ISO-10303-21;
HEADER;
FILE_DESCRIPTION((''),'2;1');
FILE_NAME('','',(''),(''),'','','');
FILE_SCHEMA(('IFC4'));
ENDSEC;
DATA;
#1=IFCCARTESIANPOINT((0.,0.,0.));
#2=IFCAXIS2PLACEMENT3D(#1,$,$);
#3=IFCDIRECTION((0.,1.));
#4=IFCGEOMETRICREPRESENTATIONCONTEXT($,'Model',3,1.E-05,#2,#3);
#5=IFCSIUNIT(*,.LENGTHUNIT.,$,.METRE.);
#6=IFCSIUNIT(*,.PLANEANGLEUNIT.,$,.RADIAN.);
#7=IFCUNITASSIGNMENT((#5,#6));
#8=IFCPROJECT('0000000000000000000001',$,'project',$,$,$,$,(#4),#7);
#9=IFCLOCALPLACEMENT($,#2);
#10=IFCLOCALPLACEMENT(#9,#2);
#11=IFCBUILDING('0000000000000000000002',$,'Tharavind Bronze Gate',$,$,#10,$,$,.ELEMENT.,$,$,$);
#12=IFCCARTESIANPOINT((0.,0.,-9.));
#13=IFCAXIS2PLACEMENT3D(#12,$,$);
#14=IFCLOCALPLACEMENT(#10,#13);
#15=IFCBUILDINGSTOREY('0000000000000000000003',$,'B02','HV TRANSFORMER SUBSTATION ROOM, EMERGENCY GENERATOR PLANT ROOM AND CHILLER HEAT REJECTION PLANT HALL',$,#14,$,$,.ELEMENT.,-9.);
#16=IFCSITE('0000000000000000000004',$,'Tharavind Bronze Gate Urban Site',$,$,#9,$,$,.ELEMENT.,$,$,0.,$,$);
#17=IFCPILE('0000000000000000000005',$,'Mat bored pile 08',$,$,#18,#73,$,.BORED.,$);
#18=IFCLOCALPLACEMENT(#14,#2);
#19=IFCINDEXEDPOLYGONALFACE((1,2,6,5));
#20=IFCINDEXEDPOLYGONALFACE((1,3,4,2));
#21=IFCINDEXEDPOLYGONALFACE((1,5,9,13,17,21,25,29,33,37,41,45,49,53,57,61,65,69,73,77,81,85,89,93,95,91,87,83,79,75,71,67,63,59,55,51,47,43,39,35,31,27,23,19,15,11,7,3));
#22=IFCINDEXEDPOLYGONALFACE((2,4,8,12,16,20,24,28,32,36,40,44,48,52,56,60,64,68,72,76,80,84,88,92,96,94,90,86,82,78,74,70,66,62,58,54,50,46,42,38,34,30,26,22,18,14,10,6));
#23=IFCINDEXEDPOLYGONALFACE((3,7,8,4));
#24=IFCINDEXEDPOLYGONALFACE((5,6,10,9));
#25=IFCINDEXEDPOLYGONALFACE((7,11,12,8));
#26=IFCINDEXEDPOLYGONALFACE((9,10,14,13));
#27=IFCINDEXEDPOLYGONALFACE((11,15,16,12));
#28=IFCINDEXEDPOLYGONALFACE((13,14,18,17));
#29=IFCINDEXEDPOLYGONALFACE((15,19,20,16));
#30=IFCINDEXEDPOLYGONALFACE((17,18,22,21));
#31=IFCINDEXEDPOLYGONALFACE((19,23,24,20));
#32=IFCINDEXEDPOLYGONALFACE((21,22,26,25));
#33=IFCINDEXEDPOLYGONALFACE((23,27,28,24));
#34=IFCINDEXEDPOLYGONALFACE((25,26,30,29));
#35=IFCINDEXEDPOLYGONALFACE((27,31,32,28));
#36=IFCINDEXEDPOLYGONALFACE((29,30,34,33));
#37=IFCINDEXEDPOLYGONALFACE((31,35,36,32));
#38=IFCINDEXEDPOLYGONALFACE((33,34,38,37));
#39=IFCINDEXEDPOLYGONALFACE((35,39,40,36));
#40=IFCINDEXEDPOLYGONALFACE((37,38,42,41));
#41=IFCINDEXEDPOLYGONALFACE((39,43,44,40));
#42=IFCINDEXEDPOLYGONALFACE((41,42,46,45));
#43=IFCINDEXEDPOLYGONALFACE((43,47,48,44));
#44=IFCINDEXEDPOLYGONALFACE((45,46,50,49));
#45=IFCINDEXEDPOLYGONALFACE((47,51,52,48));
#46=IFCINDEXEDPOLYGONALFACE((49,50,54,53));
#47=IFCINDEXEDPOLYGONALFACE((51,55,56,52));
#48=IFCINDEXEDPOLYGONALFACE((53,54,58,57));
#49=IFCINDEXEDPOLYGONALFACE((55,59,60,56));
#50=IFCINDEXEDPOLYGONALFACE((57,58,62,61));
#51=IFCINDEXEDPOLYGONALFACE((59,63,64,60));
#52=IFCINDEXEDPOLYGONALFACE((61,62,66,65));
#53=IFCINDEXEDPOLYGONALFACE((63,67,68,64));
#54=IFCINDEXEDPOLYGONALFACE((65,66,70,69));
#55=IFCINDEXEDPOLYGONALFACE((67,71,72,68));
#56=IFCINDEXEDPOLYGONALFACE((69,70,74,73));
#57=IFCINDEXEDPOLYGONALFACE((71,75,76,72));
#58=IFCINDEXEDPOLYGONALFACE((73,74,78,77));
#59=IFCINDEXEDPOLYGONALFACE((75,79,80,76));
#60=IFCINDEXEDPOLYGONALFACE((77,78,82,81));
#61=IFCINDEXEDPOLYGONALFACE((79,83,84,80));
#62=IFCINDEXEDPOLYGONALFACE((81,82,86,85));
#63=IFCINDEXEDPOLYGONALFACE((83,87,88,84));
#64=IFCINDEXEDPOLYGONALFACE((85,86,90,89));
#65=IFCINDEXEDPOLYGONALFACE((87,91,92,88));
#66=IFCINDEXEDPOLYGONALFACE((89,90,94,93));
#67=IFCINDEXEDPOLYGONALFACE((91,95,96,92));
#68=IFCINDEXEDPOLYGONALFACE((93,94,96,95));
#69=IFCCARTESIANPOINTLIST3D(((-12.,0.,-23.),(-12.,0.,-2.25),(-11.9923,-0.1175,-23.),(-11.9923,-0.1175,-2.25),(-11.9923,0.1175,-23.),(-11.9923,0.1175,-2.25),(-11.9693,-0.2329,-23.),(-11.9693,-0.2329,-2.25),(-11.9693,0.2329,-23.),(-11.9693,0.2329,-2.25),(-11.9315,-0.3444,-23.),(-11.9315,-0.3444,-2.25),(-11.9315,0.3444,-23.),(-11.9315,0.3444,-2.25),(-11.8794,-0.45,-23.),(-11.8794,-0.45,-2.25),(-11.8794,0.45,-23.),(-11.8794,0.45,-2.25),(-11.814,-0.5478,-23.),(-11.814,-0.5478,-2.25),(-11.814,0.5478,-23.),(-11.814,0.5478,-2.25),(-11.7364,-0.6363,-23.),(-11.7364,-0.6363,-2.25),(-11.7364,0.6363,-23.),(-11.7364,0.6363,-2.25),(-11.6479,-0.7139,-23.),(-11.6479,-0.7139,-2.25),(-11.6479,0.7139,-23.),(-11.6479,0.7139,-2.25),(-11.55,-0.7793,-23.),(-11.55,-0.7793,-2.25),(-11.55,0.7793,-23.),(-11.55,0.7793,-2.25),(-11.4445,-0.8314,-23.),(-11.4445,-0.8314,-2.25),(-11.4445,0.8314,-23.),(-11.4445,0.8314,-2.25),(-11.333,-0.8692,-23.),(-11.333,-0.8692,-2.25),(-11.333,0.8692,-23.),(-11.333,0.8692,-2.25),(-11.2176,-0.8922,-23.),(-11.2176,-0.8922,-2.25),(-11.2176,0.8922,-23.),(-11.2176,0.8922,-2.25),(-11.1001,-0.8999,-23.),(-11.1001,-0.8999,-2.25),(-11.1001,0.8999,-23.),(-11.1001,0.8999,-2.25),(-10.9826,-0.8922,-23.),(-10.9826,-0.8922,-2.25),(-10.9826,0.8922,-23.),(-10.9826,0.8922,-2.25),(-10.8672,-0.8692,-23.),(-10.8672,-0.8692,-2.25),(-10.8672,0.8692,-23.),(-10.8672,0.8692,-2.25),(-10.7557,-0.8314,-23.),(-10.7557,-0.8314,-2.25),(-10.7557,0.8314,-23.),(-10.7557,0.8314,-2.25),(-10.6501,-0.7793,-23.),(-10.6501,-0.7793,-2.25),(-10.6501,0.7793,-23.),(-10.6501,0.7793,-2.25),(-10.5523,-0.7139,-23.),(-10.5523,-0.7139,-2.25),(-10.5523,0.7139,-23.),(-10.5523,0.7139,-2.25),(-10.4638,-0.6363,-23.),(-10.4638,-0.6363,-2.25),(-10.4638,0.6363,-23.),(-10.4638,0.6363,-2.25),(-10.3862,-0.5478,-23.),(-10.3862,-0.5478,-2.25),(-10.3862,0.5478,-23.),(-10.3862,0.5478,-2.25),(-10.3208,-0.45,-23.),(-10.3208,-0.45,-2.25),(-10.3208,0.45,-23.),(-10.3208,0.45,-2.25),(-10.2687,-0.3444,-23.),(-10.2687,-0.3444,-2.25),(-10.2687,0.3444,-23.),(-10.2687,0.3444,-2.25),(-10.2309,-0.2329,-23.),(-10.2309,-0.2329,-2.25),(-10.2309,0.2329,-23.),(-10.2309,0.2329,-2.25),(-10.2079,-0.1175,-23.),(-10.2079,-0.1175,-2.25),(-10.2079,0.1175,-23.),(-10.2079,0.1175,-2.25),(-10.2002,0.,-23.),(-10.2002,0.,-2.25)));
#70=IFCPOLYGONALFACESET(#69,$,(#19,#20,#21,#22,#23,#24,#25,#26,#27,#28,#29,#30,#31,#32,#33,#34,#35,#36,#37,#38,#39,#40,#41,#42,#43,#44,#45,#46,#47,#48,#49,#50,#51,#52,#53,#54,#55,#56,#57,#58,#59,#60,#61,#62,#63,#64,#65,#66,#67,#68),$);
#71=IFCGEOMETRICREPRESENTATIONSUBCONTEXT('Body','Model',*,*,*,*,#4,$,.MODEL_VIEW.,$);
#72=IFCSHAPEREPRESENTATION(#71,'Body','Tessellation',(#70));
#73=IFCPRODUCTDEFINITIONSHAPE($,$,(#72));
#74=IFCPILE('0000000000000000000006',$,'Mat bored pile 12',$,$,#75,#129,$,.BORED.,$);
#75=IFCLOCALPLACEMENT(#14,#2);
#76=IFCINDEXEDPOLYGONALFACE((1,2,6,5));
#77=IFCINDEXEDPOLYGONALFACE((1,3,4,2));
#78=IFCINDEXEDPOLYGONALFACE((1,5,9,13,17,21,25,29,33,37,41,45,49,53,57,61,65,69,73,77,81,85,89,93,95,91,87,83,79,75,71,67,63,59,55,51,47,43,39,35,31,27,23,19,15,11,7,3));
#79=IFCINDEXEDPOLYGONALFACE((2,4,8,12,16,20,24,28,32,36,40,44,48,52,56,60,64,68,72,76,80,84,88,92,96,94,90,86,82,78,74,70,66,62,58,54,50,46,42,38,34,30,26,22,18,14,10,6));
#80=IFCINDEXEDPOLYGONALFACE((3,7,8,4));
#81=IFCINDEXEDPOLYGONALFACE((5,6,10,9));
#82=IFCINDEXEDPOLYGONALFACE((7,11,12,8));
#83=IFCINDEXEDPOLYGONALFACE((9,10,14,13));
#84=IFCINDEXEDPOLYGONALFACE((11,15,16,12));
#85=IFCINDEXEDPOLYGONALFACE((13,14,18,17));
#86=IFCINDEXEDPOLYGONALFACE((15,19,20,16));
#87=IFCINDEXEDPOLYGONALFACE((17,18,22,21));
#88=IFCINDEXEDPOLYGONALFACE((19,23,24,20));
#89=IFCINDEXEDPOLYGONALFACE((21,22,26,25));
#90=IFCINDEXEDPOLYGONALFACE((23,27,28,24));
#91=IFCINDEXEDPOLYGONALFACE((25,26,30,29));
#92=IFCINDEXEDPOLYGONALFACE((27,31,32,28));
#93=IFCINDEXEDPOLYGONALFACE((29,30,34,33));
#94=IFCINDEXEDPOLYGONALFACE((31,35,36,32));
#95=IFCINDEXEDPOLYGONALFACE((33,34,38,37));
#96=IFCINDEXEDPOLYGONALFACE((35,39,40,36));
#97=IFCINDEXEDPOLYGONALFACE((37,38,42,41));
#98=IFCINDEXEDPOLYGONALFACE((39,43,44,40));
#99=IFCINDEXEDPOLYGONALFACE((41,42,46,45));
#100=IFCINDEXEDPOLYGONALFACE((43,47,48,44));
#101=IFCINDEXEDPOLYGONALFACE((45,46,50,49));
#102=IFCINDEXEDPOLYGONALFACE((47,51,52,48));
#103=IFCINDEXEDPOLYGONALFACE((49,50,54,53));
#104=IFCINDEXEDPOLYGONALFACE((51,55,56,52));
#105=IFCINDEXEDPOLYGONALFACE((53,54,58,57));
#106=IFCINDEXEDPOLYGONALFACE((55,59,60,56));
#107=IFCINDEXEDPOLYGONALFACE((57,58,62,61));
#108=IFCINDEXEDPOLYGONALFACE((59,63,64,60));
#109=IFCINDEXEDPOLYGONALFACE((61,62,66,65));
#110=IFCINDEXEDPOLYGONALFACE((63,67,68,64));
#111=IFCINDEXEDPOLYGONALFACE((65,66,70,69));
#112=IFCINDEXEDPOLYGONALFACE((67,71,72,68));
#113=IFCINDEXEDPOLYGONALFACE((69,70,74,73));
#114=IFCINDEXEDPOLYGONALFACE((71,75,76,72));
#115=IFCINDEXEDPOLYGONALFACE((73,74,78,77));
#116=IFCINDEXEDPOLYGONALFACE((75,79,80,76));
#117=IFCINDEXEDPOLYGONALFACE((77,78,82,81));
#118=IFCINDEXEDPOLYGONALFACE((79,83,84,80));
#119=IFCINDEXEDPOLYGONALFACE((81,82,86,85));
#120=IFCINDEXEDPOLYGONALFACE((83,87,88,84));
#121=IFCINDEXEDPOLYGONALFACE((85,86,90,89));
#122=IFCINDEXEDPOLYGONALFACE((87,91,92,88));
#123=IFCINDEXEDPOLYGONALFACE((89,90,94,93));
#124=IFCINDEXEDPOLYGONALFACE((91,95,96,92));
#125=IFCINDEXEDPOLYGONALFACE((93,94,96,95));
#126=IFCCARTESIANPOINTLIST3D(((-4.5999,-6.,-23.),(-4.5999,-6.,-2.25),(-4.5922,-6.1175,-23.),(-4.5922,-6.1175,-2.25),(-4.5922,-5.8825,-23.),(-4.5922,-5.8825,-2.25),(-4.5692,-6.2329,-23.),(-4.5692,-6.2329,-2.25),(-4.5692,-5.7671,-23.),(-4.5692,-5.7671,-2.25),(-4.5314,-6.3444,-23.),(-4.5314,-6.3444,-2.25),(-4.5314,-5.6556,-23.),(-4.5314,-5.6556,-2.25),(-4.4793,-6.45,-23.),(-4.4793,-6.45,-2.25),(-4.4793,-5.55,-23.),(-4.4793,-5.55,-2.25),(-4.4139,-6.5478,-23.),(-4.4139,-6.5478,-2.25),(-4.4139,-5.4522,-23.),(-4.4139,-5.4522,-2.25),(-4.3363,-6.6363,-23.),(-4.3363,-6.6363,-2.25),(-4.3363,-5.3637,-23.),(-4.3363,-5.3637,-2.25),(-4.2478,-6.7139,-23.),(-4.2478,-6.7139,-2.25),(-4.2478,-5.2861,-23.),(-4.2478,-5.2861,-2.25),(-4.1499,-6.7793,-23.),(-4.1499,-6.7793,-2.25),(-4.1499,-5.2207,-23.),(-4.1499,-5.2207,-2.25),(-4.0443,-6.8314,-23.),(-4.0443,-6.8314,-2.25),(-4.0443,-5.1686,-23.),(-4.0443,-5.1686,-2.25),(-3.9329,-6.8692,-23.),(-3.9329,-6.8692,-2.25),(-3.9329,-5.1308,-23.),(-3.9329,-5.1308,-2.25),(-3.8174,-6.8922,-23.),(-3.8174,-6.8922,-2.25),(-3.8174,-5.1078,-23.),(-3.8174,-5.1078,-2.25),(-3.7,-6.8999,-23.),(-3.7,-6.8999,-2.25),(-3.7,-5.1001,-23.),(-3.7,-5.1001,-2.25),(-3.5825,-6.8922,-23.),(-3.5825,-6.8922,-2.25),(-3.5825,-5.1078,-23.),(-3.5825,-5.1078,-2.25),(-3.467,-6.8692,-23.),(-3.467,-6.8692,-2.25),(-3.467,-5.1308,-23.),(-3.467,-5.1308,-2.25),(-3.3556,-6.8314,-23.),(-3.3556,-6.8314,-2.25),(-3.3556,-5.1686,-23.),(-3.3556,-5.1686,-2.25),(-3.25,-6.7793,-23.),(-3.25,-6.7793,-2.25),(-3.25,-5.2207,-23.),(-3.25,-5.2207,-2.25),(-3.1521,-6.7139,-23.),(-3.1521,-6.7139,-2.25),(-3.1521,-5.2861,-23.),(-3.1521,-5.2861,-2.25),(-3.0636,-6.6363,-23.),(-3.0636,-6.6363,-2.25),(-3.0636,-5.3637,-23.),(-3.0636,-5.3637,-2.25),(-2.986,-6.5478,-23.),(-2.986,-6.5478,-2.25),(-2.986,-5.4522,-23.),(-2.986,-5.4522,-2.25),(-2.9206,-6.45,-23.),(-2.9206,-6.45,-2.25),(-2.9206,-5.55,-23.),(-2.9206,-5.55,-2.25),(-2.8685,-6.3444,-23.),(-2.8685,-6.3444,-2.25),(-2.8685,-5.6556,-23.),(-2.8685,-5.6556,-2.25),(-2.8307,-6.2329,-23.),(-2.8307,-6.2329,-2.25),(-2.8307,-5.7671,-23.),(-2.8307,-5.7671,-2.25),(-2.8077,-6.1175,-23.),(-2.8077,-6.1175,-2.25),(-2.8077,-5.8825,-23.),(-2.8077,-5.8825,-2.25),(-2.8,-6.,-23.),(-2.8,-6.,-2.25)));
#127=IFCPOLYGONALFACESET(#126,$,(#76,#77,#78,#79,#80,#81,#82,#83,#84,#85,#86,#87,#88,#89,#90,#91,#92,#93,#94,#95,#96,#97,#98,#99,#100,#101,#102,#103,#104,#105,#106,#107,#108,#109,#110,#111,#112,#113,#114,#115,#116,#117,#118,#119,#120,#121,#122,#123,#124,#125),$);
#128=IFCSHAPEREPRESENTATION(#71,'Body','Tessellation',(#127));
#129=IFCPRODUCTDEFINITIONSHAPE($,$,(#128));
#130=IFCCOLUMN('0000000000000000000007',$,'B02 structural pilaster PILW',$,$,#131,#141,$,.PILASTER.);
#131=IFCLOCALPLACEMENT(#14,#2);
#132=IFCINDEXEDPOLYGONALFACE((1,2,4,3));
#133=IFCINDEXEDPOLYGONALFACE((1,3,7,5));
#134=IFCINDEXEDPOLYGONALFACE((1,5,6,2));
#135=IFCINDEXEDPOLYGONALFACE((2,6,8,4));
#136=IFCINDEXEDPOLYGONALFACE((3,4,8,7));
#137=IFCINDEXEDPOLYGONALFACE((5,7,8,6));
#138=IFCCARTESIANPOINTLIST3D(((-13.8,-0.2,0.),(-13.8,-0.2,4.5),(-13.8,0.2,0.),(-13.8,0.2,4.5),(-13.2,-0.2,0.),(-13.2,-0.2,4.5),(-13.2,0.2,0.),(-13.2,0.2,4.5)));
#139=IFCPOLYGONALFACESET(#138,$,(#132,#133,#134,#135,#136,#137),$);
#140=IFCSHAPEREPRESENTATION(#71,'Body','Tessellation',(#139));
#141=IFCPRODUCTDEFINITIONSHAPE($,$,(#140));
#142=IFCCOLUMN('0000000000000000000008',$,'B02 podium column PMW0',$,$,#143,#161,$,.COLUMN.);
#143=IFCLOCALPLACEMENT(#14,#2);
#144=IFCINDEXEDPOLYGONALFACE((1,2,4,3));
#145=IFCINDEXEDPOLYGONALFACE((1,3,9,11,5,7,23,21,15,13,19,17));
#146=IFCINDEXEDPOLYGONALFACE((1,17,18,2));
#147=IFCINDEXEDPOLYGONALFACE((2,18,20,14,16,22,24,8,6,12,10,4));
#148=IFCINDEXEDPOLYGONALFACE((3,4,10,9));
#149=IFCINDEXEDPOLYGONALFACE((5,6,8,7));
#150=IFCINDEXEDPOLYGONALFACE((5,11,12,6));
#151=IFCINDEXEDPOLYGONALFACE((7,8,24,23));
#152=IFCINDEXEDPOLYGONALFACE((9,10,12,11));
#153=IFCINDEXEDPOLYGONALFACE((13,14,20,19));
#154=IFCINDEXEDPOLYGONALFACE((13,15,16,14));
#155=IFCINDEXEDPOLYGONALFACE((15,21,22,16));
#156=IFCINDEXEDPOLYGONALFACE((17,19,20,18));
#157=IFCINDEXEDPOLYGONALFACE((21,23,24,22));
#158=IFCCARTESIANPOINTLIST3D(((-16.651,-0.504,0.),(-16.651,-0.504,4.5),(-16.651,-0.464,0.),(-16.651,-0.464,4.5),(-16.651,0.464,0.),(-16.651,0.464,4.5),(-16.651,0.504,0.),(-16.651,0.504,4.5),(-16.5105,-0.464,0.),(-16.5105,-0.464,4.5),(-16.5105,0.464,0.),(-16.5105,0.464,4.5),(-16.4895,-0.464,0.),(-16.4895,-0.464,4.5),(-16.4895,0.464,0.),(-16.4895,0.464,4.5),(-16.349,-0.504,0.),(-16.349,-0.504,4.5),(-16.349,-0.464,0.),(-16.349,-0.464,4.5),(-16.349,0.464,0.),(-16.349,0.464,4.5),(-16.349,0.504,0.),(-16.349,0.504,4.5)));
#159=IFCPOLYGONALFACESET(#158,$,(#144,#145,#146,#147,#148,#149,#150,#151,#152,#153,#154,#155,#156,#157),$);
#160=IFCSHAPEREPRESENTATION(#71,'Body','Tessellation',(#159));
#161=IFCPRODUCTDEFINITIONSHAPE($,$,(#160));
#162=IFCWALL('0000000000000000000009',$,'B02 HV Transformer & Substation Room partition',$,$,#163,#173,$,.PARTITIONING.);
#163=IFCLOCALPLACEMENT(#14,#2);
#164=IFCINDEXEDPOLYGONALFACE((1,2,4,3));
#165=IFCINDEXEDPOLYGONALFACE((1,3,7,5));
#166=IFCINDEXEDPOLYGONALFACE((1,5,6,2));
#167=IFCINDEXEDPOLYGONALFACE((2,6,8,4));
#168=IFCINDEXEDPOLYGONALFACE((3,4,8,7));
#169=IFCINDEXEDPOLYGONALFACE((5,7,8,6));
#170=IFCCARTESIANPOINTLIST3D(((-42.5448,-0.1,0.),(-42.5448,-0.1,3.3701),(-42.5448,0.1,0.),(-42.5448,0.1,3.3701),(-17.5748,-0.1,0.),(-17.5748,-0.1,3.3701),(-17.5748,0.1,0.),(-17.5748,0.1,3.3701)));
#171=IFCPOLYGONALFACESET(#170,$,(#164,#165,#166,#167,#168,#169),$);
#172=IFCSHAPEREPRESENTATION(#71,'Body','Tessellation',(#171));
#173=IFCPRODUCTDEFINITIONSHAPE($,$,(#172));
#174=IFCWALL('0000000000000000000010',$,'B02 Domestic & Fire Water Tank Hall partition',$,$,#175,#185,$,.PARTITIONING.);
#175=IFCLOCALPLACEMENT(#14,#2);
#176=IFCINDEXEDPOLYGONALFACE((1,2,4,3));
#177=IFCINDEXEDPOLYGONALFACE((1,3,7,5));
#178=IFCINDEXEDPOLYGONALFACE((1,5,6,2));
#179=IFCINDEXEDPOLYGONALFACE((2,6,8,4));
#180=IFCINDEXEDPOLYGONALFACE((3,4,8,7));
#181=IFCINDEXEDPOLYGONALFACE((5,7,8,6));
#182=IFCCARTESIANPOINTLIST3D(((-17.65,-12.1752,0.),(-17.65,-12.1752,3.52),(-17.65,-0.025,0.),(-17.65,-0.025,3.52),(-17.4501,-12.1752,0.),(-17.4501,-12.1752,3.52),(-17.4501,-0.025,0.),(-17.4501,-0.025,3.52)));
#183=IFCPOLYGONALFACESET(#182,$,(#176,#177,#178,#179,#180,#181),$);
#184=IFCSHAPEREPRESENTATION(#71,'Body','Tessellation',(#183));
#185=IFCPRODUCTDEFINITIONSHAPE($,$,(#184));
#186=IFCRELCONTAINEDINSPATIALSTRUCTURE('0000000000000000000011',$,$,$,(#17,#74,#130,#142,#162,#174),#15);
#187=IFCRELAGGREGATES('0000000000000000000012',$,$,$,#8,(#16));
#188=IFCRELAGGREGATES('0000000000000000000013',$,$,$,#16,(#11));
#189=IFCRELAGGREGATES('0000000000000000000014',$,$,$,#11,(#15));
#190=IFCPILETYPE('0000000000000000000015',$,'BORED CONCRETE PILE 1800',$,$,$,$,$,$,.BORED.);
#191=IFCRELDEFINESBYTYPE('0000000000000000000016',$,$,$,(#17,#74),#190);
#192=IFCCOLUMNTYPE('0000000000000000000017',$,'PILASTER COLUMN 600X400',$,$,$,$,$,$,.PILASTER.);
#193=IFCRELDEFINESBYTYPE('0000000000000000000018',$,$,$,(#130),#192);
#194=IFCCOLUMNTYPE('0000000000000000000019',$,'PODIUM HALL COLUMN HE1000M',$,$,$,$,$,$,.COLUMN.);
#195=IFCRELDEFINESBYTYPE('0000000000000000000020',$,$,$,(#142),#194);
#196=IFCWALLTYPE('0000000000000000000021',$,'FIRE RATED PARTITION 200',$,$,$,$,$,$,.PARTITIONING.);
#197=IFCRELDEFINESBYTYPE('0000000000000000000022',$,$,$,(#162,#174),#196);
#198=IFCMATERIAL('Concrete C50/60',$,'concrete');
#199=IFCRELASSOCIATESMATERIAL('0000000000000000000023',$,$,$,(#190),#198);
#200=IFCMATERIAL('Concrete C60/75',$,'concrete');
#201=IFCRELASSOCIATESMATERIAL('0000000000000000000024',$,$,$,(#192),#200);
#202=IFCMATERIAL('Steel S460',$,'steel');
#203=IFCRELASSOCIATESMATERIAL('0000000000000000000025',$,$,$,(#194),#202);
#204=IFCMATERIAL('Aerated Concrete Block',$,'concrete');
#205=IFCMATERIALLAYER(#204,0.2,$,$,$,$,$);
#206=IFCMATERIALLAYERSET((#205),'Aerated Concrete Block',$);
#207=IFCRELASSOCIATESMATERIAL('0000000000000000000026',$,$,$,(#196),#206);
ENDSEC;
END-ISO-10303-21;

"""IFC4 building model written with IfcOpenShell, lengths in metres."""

from ifc_helpers import new_model, si_unit, direction, frame, frame_2d, origin, origin_2d, place, context, subcontext, project, spatial, rectangle, circle, i_section, extrude, material, layer, layer_set, material_profile, profile_set, type_object, element, save


model = new_model("IFC4")

# Units and contexts
model_context = context("Model", 3, precision=1e-05, world=origin(), true_north=direction((0.0, 1.0)))
body_context = subcontext(model_context, "Body", "Model", "MODEL_VIEW")
ifc_project = project(units=[si_unit("LENGTHUNIT", "METRE"), si_unit("PLANEANGLEUNIT", "RADIAN")], contexts=[model_context])

# Site, building, storey
site_placement = place(None, origin())
site = spatial("IfcSite", under=ifc_project, at=site_placement, Name="Tharavind Bronze Gate Urban Site", CompositionType="ELEMENT", RefElevation=0.0)
building_placement = place(site_placement, origin())
building = spatial("IfcBuilding", under=site, at=building_placement, Name="Tharavind Bronze Gate", CompositionType="ELEMENT")
storey_placement = place(building_placement, frame((0.0, 0.0, -9.0)))
storey = spatial("IfcBuildingStorey", under=building, at=storey_placement, Name="B02", Description="HV TRANSFORMER SUBSTATION ROOM, EMERGENCY GENERATOR PLANT ROOM AND CHILLER HEAT REJECTION PLANT HALL", CompositionType="ELEMENT", Elevation=-9.0)

# Piles
ifc_material_1 = material(Name="Concrete C50/60", Category="concrete")
ifc_material_profile_1 = material_profile(ifc_material_1, circle(Radius=0.8999, at=origin_2d()), Name="PILE1800")
ifc_profile_set_1 = profile_set([ifc_material_profile_1], Name="Concrete C50/60")
pile_type = type_object("IfcPileType", Name="BORED CONCRETE PILE 1800", PredefinedType="BORED", material=ifc_profile_set_1)
for number, where, z_axis, x_axis, name in (
    (1, (-11.1001, 0.0, -2.25), (0.0, 0.0, -1.0), (1.0, 0.0, 0.0), "Mat bored pile 08"),
    (2, (-3.7, -6.0, -2.25), (0.0, 0.0, -1.0), (1.0, 0.0, 0.0), "Mat bored pile 12"),
):
    element("IfcPile", number, at=place(storey_placement, frame(where, z_axis=z_axis, x_axis=x_axis)), inside=storey, type_object=pile_type, Name=name, PredefinedType="BORED", context=body_context, shape_type="SweptSolid", body=[
        extrude(circle(Radius=0.8999, at=origin_2d()), origin(), (0.0, 0.0, 1.0), 20.75),
    ])

# Columns
ifc_material_2 = material(Name="Concrete C60/75", Category="concrete")
ifc_material_profile_2 = material_profile(ifc_material_2, rectangle(XDim=0.6001, YDim=0.3999, at=origin_2d()), Name="RCPIL600X400")
ifc_profile_set_2 = profile_set([ifc_material_profile_2], Name="Concrete C60/75")
column_type_1 = type_object("IfcColumnType", Name="PILASTER COLUMN 600X400", PredefinedType="PILASTER", material=ifc_profile_set_2)
column_1_placement = place(storey_placement, frame((-13.5, 0.0, 0.0), z_axis=(0.0, 0.0, 1.0), x_axis=(1.0, 0.0, 0.0)))
element("IfcColumn", 3, at=column_1_placement, inside=storey, type_object=column_type_1, Name="B02 structural pilaster PILW", PredefinedType="PILASTER", context=body_context, shape_type="SweptSolid", body=[
    extrude(rectangle(XDim=0.6001, YDim=0.3999, at=origin_2d()), origin(), (0.0, 0.0, 1.0), 4.5),
])
ifc_material_3 = material(Name="Steel S460", Category="steel")
ifc_material_profile_3 = material_profile(ifc_material_3, i_section(OverallWidth=0.302, OverallDepth=1.0081, WebThickness=0.021, FlangeThickness=0.04, at=origin_2d()), Name="HE1000M")
ifc_profile_set_3 = profile_set([ifc_material_profile_3], Name="Steel S460")
column_type_2 = type_object("IfcColumnType", Name="PODIUM HALL COLUMN HE1000M", PredefinedType="COLUMN", material=ifc_profile_set_3)
column_2_placement = place(storey_placement, frame((-16.5, 0.0, 0.0), z_axis=(0.0, 0.0, 1.0), x_axis=(1.0, 0.0, 0.0)))
element("IfcColumn", 4, at=column_2_placement, inside=storey, type_object=column_type_2, Name="B02 podium column PMW0", PredefinedType="COLUMN", context=body_context, shape_type="SweptSolid", body=[
    extrude(i_section(OverallWidth=0.302, OverallDepth=1.0081, WebThickness=0.021, FlangeThickness=0.04, at=origin_2d()), origin(), (0.0, 0.0, 1.0), 4.5),
])

# Walls
ifc_material_4 = material(Name="Aerated Concrete Block", Category="concrete")
ifc_layer_1 = layer(ifc_material_4, 0.2)
ifc_layer_set_1 = layer_set([ifc_layer_1], Name="Aerated Concrete Block")
wall_type_1 = type_object("IfcWallType", Name="FIRE RATED PARTITION 200", PredefinedType="PARTITIONING", material=ifc_layer_set_1)
wall_1_placement = place(storey_placement, frame((-17.575, 0.0, 0.0), z_axis=(0.0, 0.0, 1.0), x_axis=(-1.0, 0.0, 0.0)))
element("IfcWall", 5, at=wall_1_placement, inside=storey, type_object=wall_type_1, Name="B02 HV Transformer & Substation Room partition", PredefinedType="PARTITIONING", context=body_context, shape_type="SweptSolid", body=[
    extrude(rectangle(XDim=24.97, YDim=0.2, at=frame_2d((12.4849, 0.0))), origin(), (0.0, 0.0, 1.0), 3.3701),
])
wall_2_placement = place(storey_placement, frame((-17.55, -0.0249, 0.0), z_axis=(0.0, 0.0, 1.0), x_axis=(0.0, -1.0, 0.0)))
element("IfcWall", 6, at=wall_2_placement, inside=storey, type_object=wall_type_1, Name="B02 Domestic & Fire Water Tank Hall partition", PredefinedType="PARTITIONING", context=body_context, shape_type="SweptSolid", body=[
    extrude(rectangle(XDim=12.1501, YDim=0.2, at=frame_2d((6.0752, 0.0))), origin(), (0.0, 0.0, 1.0), 3.52),
])

save(model, "model.ifc")
